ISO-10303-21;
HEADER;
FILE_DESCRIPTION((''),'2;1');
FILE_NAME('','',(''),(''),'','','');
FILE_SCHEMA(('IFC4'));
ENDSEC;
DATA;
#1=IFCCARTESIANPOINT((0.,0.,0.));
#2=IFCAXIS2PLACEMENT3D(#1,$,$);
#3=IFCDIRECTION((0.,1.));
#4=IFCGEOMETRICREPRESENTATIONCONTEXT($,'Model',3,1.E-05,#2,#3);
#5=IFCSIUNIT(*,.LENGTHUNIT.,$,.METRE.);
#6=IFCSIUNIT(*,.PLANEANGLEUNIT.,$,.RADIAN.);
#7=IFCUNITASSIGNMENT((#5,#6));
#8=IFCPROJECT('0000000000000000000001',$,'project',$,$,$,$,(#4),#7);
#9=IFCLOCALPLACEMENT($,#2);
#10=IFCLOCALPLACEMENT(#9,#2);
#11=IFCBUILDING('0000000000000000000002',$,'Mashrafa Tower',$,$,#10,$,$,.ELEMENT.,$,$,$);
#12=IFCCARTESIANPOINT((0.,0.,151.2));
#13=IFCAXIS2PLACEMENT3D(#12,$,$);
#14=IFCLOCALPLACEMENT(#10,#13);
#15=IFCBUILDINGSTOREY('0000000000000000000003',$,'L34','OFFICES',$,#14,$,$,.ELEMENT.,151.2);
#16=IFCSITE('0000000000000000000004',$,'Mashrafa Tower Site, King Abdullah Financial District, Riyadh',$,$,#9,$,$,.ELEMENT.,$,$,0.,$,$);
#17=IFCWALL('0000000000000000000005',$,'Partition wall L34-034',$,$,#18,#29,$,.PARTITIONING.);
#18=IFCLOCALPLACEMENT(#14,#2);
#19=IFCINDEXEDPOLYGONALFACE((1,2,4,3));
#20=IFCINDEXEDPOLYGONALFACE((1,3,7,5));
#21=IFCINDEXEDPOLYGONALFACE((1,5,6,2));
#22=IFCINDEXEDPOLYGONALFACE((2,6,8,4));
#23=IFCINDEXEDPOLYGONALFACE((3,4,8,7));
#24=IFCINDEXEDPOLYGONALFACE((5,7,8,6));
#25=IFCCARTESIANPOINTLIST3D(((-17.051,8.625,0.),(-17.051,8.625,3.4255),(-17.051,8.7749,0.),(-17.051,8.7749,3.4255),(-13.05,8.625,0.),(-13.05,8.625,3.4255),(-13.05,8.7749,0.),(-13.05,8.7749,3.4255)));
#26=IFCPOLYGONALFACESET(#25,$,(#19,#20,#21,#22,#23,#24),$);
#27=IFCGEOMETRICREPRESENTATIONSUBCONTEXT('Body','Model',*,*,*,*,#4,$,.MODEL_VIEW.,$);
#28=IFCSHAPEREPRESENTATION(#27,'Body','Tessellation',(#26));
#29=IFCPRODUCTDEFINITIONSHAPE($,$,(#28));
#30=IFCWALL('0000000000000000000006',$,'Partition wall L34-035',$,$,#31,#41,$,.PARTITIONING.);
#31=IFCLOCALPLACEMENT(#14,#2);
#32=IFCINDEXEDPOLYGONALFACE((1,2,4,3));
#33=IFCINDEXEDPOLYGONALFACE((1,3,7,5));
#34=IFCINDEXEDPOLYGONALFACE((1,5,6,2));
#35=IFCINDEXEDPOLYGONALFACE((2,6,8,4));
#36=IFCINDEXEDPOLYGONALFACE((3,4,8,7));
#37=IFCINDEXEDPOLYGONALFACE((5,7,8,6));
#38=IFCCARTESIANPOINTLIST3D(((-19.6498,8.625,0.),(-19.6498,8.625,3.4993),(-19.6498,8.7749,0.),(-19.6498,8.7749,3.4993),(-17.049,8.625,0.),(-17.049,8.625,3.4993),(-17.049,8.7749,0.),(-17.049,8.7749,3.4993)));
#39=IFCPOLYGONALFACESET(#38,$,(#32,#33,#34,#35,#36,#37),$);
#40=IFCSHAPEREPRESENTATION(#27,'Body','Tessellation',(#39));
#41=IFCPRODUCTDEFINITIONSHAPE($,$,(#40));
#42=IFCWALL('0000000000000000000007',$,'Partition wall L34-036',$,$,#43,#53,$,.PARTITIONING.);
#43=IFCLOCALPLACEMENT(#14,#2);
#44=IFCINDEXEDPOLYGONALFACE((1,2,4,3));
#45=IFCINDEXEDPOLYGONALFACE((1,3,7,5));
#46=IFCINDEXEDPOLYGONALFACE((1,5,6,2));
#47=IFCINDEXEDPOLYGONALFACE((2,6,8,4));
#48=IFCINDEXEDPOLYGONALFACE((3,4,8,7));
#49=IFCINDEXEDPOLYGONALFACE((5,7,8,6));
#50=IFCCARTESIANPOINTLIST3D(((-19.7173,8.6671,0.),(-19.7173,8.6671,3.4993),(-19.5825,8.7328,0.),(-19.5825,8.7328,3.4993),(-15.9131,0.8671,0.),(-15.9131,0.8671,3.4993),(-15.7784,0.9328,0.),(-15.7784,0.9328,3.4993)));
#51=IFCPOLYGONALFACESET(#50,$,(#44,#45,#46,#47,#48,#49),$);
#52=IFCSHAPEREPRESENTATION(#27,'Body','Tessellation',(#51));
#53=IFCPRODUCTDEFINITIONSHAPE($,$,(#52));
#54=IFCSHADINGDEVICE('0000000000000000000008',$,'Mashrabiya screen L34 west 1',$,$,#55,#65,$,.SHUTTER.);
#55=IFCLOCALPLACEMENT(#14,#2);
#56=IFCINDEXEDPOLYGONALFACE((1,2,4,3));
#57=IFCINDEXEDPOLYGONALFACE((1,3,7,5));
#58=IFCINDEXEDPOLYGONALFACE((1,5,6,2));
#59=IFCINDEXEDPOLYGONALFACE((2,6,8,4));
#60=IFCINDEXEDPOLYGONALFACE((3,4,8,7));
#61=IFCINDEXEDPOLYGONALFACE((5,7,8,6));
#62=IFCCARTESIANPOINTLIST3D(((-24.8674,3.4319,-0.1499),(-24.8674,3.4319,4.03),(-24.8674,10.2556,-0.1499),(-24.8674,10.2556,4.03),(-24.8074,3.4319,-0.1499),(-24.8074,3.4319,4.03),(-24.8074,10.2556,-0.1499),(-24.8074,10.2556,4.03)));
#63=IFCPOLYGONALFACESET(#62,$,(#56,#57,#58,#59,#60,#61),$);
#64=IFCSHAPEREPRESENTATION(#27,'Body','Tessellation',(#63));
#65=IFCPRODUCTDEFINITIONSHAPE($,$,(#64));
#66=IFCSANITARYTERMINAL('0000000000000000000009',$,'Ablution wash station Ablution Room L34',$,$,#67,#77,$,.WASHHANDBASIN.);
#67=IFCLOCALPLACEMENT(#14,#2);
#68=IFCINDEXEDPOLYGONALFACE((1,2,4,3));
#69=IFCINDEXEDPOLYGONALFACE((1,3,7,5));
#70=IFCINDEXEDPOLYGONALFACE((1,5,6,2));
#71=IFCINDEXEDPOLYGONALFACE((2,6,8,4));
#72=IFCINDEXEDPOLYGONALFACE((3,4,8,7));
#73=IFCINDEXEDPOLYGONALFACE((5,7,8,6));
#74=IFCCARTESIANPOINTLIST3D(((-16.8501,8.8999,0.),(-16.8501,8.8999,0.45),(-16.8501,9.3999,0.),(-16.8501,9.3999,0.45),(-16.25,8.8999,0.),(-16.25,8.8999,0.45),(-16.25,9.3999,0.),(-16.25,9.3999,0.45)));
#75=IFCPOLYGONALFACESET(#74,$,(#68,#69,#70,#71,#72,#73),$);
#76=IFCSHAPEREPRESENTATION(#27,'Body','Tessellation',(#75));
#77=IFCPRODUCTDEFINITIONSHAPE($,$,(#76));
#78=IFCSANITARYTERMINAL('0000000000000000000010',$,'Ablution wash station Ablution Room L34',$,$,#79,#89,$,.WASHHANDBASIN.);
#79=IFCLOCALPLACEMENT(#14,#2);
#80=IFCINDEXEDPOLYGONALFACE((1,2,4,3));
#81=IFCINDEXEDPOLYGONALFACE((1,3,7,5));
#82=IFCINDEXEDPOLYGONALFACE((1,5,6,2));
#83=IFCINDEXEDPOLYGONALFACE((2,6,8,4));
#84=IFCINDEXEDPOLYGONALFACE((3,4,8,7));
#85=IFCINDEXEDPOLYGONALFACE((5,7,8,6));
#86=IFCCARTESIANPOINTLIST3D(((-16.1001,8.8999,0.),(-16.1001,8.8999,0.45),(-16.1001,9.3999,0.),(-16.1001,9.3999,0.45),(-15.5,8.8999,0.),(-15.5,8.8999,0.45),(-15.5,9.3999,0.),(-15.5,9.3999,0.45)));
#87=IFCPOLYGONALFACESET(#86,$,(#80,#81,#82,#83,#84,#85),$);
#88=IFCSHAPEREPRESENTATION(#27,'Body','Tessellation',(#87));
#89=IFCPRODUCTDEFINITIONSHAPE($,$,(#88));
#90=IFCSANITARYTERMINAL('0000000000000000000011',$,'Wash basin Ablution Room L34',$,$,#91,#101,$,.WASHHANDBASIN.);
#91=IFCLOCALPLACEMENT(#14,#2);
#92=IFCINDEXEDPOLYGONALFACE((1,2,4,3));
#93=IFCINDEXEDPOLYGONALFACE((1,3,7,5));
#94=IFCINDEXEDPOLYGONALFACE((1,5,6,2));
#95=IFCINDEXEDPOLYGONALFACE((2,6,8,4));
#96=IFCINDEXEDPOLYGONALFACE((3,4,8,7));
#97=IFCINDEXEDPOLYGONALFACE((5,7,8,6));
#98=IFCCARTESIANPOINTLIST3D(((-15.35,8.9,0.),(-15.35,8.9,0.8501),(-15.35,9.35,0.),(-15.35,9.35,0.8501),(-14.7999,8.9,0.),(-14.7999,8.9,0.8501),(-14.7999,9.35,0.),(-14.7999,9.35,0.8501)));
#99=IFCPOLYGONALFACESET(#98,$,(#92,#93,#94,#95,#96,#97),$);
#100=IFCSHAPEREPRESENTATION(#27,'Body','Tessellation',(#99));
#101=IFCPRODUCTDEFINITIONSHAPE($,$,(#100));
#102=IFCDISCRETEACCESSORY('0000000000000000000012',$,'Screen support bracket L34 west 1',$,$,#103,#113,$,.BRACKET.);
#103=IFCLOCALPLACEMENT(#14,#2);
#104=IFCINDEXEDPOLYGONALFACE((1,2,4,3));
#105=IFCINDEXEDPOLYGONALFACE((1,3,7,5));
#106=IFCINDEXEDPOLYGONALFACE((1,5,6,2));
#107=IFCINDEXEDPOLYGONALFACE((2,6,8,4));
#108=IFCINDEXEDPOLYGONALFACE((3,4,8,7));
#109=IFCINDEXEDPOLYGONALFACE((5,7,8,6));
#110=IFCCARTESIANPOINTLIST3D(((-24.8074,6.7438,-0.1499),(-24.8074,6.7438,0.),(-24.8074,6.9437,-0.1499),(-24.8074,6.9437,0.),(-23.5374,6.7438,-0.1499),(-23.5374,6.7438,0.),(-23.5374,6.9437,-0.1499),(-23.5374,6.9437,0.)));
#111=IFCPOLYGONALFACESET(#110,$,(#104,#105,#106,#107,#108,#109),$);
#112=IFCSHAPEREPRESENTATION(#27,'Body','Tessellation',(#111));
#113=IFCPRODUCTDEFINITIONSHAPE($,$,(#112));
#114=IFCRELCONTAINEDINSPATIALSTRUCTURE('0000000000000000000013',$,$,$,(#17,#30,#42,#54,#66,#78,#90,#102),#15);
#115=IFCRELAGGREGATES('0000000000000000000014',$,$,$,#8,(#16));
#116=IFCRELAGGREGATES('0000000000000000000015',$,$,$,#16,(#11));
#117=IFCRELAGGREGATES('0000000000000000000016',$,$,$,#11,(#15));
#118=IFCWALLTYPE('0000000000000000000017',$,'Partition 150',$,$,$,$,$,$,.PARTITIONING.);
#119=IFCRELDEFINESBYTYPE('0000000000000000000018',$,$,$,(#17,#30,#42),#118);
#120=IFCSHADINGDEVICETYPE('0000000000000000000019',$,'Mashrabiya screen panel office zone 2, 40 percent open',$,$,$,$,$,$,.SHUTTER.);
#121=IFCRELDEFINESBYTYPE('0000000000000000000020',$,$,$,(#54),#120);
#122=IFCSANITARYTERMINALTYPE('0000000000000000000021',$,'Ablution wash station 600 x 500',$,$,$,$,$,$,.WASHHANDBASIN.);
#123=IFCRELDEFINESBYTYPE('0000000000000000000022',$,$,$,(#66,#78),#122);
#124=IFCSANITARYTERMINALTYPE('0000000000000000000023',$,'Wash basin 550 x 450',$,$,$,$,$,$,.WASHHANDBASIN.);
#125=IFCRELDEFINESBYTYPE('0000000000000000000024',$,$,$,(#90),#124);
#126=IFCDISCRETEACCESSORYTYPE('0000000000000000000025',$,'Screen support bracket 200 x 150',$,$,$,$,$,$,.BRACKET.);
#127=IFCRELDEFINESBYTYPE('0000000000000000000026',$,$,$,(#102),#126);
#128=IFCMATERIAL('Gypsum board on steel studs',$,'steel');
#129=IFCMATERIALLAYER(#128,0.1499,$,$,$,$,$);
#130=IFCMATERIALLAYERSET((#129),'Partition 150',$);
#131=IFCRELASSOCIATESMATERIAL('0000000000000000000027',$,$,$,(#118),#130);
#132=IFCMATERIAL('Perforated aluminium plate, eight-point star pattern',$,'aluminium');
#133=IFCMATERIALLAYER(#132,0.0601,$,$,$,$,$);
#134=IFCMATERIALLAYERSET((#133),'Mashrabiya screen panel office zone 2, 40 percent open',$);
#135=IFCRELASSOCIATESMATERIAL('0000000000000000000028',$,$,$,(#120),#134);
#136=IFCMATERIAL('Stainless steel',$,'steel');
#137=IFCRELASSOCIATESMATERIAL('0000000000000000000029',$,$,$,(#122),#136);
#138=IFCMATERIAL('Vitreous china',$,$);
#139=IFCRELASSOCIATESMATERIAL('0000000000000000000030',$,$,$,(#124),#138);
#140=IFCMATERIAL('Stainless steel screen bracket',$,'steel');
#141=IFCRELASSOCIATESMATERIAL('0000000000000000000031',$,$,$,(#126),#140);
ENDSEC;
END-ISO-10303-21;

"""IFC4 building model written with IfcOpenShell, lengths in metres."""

from ifc_helpers import new_model, si_unit, direction, frame, frame_2d, origin, origin_2d, place, context, subcontext, project, spatial, rectangle, extrude, source, transform, mapped, material, layer, layer_set, type_object, type_shapes, element, save


model = new_model("IFC4")

# Units and contexts
model_context = context("Model", 3, precision=1e-05, world=origin(), true_north=direction((0.0, 1.0)))
body_context = subcontext(model_context, "Body", "Model", "MODEL_VIEW")
ifc_project = project(units=[si_unit("LENGTHUNIT", "METRE"), si_unit("PLANEANGLEUNIT", "RADIAN")], contexts=[model_context])

# Site, building, storey
site_placement = place(None, origin())
site = spatial("IfcSite", under=ifc_project, at=site_placement, Name="Mashrafa Tower Site, King Abdullah Financial District, Riyadh", CompositionType="ELEMENT", RefElevation=0.0)
building_placement = place(site_placement, origin())
building = spatial("IfcBuilding", under=site, at=building_placement, Name="Mashrafa Tower", CompositionType="ELEMENT")
storey_placement = place(building_placement, frame((0.0, 0.0, 151.2)))
storey = spatial("IfcBuildingStorey", under=building, at=storey_placement, Name="L34", Description="OFFICES", CompositionType="ELEMENT", Elevation=151.2)

# Walls
ifc_material_1 = material(Name="Gypsum board on steel studs", Category="steel")
ifc_layer_1 = layer(ifc_material_1, 0.1499)
ifc_layer_set_1 = layer_set([ifc_layer_1], Name="Partition 150")
wall_type_1 = type_object("IfcWallType", Name="Partition 150", PredefinedType="PARTITIONING", material=ifc_layer_set_1)
wall_1_placement = place(storey_placement, frame((-13.05, 8.7, 0.0), z_axis=(0.0, 0.0, 1.0), x_axis=(-1.0, 0.0, 0.0)))
element("IfcWall", 1, at=wall_1_placement, inside=storey, type_object=wall_type_1, Name="Partition wall L34-034", PredefinedType="PARTITIONING", context=body_context, shape_type="SweptSolid", body=[
    extrude(rectangle(XDim=4.001, YDim=0.1499, at=frame_2d((2.0005, 0.0))), origin(), (0.0, 0.0, 1.0), 3.4255),
])
wall_2_placement = place(storey_placement, frame((-17.0491, 8.7, 0.0), z_axis=(0.0, 0.0, 1.0), x_axis=(-1.0, 0.0, 0.0)))
element("IfcWall", 2, at=wall_2_placement, inside=storey, type_object=wall_type_1, Name="Partition wall L34-035", PredefinedType="PARTITIONING", context=body_context, shape_type="SweptSolid", body=[
    extrude(rectangle(XDim=2.6008, YDim=0.1499, at=frame_2d((1.3003, 0.0))), origin(), (0.0, 0.0, 1.0), 3.4993),
])
wall_3_placement = place(storey_placement, frame((-19.6499, 8.7, 0.0), z_axis=(0.0, 0.0, 1.0), x_axis=(0.438358, -0.8988, 0.0)))
element("IfcWall", 3, at=wall_3_placement, inside=storey, type_object=wall_type_1, Name="Partition wall L34-036", PredefinedType="PARTITIONING", context=body_context, shape_type="SweptSolid", body=[
    extrude(rectangle(XDim=8.6782, YDim=0.1499, at=frame_2d((4.3391, 0.0))), origin(), (0.0, 0.0, 1.0), 3.4993),
])

# Shading device
ifc_material_2 = material(Name="Perforated aluminium plate, eight-point star pattern", Category="aluminium")
ifc_layer_2 = layer(ifc_material_2, 0.0601)
ifc_layer_set_2 = layer_set([ifc_layer_2], Name="Mashrabiya screen panel office zone 2, 40 percent open")
shading_device_type = type_object("IfcShadingDeviceType", Name="Mashrabiya screen panel office zone 2, 40 percent open", PredefinedType="SHUTTER", material=ifc_layer_set_2)
shared_shape_1 = source(origin(), body_context, "Body", "SweptSolid", [
    extrude(rectangle(XDim=6.8237, YDim=0.0601, at=origin_2d()), origin(), (0.0, 0.0, 1.0), 4.1799),
])
type_shapes(shading_device_type, [shared_shape_1])
shading_device_placement = place(storey_placement, frame((-24.8374, 6.8438, -0.1499), z_axis=(0.0, 0.0, 1.0), x_axis=(0.0, -1.0, 0.0)))
element("IfcShadingDevice", 4, at=shading_device_placement, inside=storey, type_object=shading_device_type, Name="Mashrabiya screen L34 west 1", PredefinedType="SHUTTER", context=body_context, shape_type="MappedRepresentation", body=[
    mapped(shared_shape_1, transform((0.0, 0.0, 0.0))),
])

# Sanitary terminals
ifc_material_3 = material(Name="Stainless steel", Category="steel")
sanitary_terminal_type_1 = type_object("IfcSanitaryTerminalType", Name="Ablution wash station 600 x 500", PredefinedType="WASHHANDBASIN", material=ifc_material_3)
for number, where, z_axis, x_axis, name in (
    (5, (-16.55, 9.1499, 0.0), (0.0, 0.0, 1.0), (1.0, 0.0, 0.0), "Ablution wash station Ablution Room L34"),
    (6, (-15.8, 9.1499, 0.0), (0.0, 0.0, 1.0), (1.0, 0.0, 0.0), "Ablution wash station Ablution Room L34"),
):
    element("IfcSanitaryTerminal", number, at=place(storey_placement, frame(where, z_axis=z_axis, x_axis=x_axis)), inside=storey, type_object=sanitary_terminal_type_1, Name=name, PredefinedType="WASHHANDBASIN", context=body_context, shape_type="SweptSolid", body=[
        extrude(rectangle(XDim=0.6001, YDim=0.5, at=origin_2d()), origin(), (0.0, 0.0, 1.0), 0.45),
    ])
ifc_material_4 = material(Name="Vitreous china")
sanitary_terminal_type_2 = type_object("IfcSanitaryTerminalType", Name="Wash basin 550 x 450", PredefinedType="WASHHANDBASIN", material=ifc_material_4)
sanitary_terminal_placement = place(storey_placement, frame((-15.075, 9.125, 0.0), z_axis=(0.0, 0.0, 1.0), x_axis=(1.0, 0.0, 0.0)))
element("IfcSanitaryTerminal", 7, at=sanitary_terminal_placement, inside=storey, type_object=sanitary_terminal_type_2, Name="Wash basin Ablution Room L34", PredefinedType="WASHHANDBASIN", context=body_context, shape_type="SweptSolid", body=[
    extrude(rectangle(XDim=0.55, YDim=0.45, at=origin_2d()), origin(), (0.0, 0.0, 1.0), 0.8501),
])

# Discrete accessory
ifc_material_5 = material(Name="Stainless steel screen bracket", Category="steel")
discrete_accessory_type = type_object("IfcDiscreteAccessoryType", Name="Screen support bracket 200 x 150", PredefinedType="BRACKET", material=ifc_material_5)
shared_shape_2 = source(origin(), body_context, "Body", "SweptSolid", [
    extrude(rectangle(XDim=0.2, YDim=1.27, at=origin_2d()), origin(), (0.0, 0.0, 1.0), 0.1499),
])
type_shapes(discrete_accessory_type, [shared_shape_2])
discrete_accessory_placement = place(storey_placement, frame((-24.1724, 6.8438, -0.1499), z_axis=(0.0, 0.0, 1.0), x_axis=(0.0, -1.0, 0.0)))
element("IfcDiscreteAccessory", 8, at=discrete_accessory_placement, inside=storey, type_object=discrete_accessory_type, Name="Screen support bracket L34 west 1", PredefinedType="BRACKET", context=body_context, shape_type="MappedRepresentation", body=[
    mapped(shared_shape_2, transform((0.0, 0.0, 0.0))),
])

save(model, "model.ifc")
